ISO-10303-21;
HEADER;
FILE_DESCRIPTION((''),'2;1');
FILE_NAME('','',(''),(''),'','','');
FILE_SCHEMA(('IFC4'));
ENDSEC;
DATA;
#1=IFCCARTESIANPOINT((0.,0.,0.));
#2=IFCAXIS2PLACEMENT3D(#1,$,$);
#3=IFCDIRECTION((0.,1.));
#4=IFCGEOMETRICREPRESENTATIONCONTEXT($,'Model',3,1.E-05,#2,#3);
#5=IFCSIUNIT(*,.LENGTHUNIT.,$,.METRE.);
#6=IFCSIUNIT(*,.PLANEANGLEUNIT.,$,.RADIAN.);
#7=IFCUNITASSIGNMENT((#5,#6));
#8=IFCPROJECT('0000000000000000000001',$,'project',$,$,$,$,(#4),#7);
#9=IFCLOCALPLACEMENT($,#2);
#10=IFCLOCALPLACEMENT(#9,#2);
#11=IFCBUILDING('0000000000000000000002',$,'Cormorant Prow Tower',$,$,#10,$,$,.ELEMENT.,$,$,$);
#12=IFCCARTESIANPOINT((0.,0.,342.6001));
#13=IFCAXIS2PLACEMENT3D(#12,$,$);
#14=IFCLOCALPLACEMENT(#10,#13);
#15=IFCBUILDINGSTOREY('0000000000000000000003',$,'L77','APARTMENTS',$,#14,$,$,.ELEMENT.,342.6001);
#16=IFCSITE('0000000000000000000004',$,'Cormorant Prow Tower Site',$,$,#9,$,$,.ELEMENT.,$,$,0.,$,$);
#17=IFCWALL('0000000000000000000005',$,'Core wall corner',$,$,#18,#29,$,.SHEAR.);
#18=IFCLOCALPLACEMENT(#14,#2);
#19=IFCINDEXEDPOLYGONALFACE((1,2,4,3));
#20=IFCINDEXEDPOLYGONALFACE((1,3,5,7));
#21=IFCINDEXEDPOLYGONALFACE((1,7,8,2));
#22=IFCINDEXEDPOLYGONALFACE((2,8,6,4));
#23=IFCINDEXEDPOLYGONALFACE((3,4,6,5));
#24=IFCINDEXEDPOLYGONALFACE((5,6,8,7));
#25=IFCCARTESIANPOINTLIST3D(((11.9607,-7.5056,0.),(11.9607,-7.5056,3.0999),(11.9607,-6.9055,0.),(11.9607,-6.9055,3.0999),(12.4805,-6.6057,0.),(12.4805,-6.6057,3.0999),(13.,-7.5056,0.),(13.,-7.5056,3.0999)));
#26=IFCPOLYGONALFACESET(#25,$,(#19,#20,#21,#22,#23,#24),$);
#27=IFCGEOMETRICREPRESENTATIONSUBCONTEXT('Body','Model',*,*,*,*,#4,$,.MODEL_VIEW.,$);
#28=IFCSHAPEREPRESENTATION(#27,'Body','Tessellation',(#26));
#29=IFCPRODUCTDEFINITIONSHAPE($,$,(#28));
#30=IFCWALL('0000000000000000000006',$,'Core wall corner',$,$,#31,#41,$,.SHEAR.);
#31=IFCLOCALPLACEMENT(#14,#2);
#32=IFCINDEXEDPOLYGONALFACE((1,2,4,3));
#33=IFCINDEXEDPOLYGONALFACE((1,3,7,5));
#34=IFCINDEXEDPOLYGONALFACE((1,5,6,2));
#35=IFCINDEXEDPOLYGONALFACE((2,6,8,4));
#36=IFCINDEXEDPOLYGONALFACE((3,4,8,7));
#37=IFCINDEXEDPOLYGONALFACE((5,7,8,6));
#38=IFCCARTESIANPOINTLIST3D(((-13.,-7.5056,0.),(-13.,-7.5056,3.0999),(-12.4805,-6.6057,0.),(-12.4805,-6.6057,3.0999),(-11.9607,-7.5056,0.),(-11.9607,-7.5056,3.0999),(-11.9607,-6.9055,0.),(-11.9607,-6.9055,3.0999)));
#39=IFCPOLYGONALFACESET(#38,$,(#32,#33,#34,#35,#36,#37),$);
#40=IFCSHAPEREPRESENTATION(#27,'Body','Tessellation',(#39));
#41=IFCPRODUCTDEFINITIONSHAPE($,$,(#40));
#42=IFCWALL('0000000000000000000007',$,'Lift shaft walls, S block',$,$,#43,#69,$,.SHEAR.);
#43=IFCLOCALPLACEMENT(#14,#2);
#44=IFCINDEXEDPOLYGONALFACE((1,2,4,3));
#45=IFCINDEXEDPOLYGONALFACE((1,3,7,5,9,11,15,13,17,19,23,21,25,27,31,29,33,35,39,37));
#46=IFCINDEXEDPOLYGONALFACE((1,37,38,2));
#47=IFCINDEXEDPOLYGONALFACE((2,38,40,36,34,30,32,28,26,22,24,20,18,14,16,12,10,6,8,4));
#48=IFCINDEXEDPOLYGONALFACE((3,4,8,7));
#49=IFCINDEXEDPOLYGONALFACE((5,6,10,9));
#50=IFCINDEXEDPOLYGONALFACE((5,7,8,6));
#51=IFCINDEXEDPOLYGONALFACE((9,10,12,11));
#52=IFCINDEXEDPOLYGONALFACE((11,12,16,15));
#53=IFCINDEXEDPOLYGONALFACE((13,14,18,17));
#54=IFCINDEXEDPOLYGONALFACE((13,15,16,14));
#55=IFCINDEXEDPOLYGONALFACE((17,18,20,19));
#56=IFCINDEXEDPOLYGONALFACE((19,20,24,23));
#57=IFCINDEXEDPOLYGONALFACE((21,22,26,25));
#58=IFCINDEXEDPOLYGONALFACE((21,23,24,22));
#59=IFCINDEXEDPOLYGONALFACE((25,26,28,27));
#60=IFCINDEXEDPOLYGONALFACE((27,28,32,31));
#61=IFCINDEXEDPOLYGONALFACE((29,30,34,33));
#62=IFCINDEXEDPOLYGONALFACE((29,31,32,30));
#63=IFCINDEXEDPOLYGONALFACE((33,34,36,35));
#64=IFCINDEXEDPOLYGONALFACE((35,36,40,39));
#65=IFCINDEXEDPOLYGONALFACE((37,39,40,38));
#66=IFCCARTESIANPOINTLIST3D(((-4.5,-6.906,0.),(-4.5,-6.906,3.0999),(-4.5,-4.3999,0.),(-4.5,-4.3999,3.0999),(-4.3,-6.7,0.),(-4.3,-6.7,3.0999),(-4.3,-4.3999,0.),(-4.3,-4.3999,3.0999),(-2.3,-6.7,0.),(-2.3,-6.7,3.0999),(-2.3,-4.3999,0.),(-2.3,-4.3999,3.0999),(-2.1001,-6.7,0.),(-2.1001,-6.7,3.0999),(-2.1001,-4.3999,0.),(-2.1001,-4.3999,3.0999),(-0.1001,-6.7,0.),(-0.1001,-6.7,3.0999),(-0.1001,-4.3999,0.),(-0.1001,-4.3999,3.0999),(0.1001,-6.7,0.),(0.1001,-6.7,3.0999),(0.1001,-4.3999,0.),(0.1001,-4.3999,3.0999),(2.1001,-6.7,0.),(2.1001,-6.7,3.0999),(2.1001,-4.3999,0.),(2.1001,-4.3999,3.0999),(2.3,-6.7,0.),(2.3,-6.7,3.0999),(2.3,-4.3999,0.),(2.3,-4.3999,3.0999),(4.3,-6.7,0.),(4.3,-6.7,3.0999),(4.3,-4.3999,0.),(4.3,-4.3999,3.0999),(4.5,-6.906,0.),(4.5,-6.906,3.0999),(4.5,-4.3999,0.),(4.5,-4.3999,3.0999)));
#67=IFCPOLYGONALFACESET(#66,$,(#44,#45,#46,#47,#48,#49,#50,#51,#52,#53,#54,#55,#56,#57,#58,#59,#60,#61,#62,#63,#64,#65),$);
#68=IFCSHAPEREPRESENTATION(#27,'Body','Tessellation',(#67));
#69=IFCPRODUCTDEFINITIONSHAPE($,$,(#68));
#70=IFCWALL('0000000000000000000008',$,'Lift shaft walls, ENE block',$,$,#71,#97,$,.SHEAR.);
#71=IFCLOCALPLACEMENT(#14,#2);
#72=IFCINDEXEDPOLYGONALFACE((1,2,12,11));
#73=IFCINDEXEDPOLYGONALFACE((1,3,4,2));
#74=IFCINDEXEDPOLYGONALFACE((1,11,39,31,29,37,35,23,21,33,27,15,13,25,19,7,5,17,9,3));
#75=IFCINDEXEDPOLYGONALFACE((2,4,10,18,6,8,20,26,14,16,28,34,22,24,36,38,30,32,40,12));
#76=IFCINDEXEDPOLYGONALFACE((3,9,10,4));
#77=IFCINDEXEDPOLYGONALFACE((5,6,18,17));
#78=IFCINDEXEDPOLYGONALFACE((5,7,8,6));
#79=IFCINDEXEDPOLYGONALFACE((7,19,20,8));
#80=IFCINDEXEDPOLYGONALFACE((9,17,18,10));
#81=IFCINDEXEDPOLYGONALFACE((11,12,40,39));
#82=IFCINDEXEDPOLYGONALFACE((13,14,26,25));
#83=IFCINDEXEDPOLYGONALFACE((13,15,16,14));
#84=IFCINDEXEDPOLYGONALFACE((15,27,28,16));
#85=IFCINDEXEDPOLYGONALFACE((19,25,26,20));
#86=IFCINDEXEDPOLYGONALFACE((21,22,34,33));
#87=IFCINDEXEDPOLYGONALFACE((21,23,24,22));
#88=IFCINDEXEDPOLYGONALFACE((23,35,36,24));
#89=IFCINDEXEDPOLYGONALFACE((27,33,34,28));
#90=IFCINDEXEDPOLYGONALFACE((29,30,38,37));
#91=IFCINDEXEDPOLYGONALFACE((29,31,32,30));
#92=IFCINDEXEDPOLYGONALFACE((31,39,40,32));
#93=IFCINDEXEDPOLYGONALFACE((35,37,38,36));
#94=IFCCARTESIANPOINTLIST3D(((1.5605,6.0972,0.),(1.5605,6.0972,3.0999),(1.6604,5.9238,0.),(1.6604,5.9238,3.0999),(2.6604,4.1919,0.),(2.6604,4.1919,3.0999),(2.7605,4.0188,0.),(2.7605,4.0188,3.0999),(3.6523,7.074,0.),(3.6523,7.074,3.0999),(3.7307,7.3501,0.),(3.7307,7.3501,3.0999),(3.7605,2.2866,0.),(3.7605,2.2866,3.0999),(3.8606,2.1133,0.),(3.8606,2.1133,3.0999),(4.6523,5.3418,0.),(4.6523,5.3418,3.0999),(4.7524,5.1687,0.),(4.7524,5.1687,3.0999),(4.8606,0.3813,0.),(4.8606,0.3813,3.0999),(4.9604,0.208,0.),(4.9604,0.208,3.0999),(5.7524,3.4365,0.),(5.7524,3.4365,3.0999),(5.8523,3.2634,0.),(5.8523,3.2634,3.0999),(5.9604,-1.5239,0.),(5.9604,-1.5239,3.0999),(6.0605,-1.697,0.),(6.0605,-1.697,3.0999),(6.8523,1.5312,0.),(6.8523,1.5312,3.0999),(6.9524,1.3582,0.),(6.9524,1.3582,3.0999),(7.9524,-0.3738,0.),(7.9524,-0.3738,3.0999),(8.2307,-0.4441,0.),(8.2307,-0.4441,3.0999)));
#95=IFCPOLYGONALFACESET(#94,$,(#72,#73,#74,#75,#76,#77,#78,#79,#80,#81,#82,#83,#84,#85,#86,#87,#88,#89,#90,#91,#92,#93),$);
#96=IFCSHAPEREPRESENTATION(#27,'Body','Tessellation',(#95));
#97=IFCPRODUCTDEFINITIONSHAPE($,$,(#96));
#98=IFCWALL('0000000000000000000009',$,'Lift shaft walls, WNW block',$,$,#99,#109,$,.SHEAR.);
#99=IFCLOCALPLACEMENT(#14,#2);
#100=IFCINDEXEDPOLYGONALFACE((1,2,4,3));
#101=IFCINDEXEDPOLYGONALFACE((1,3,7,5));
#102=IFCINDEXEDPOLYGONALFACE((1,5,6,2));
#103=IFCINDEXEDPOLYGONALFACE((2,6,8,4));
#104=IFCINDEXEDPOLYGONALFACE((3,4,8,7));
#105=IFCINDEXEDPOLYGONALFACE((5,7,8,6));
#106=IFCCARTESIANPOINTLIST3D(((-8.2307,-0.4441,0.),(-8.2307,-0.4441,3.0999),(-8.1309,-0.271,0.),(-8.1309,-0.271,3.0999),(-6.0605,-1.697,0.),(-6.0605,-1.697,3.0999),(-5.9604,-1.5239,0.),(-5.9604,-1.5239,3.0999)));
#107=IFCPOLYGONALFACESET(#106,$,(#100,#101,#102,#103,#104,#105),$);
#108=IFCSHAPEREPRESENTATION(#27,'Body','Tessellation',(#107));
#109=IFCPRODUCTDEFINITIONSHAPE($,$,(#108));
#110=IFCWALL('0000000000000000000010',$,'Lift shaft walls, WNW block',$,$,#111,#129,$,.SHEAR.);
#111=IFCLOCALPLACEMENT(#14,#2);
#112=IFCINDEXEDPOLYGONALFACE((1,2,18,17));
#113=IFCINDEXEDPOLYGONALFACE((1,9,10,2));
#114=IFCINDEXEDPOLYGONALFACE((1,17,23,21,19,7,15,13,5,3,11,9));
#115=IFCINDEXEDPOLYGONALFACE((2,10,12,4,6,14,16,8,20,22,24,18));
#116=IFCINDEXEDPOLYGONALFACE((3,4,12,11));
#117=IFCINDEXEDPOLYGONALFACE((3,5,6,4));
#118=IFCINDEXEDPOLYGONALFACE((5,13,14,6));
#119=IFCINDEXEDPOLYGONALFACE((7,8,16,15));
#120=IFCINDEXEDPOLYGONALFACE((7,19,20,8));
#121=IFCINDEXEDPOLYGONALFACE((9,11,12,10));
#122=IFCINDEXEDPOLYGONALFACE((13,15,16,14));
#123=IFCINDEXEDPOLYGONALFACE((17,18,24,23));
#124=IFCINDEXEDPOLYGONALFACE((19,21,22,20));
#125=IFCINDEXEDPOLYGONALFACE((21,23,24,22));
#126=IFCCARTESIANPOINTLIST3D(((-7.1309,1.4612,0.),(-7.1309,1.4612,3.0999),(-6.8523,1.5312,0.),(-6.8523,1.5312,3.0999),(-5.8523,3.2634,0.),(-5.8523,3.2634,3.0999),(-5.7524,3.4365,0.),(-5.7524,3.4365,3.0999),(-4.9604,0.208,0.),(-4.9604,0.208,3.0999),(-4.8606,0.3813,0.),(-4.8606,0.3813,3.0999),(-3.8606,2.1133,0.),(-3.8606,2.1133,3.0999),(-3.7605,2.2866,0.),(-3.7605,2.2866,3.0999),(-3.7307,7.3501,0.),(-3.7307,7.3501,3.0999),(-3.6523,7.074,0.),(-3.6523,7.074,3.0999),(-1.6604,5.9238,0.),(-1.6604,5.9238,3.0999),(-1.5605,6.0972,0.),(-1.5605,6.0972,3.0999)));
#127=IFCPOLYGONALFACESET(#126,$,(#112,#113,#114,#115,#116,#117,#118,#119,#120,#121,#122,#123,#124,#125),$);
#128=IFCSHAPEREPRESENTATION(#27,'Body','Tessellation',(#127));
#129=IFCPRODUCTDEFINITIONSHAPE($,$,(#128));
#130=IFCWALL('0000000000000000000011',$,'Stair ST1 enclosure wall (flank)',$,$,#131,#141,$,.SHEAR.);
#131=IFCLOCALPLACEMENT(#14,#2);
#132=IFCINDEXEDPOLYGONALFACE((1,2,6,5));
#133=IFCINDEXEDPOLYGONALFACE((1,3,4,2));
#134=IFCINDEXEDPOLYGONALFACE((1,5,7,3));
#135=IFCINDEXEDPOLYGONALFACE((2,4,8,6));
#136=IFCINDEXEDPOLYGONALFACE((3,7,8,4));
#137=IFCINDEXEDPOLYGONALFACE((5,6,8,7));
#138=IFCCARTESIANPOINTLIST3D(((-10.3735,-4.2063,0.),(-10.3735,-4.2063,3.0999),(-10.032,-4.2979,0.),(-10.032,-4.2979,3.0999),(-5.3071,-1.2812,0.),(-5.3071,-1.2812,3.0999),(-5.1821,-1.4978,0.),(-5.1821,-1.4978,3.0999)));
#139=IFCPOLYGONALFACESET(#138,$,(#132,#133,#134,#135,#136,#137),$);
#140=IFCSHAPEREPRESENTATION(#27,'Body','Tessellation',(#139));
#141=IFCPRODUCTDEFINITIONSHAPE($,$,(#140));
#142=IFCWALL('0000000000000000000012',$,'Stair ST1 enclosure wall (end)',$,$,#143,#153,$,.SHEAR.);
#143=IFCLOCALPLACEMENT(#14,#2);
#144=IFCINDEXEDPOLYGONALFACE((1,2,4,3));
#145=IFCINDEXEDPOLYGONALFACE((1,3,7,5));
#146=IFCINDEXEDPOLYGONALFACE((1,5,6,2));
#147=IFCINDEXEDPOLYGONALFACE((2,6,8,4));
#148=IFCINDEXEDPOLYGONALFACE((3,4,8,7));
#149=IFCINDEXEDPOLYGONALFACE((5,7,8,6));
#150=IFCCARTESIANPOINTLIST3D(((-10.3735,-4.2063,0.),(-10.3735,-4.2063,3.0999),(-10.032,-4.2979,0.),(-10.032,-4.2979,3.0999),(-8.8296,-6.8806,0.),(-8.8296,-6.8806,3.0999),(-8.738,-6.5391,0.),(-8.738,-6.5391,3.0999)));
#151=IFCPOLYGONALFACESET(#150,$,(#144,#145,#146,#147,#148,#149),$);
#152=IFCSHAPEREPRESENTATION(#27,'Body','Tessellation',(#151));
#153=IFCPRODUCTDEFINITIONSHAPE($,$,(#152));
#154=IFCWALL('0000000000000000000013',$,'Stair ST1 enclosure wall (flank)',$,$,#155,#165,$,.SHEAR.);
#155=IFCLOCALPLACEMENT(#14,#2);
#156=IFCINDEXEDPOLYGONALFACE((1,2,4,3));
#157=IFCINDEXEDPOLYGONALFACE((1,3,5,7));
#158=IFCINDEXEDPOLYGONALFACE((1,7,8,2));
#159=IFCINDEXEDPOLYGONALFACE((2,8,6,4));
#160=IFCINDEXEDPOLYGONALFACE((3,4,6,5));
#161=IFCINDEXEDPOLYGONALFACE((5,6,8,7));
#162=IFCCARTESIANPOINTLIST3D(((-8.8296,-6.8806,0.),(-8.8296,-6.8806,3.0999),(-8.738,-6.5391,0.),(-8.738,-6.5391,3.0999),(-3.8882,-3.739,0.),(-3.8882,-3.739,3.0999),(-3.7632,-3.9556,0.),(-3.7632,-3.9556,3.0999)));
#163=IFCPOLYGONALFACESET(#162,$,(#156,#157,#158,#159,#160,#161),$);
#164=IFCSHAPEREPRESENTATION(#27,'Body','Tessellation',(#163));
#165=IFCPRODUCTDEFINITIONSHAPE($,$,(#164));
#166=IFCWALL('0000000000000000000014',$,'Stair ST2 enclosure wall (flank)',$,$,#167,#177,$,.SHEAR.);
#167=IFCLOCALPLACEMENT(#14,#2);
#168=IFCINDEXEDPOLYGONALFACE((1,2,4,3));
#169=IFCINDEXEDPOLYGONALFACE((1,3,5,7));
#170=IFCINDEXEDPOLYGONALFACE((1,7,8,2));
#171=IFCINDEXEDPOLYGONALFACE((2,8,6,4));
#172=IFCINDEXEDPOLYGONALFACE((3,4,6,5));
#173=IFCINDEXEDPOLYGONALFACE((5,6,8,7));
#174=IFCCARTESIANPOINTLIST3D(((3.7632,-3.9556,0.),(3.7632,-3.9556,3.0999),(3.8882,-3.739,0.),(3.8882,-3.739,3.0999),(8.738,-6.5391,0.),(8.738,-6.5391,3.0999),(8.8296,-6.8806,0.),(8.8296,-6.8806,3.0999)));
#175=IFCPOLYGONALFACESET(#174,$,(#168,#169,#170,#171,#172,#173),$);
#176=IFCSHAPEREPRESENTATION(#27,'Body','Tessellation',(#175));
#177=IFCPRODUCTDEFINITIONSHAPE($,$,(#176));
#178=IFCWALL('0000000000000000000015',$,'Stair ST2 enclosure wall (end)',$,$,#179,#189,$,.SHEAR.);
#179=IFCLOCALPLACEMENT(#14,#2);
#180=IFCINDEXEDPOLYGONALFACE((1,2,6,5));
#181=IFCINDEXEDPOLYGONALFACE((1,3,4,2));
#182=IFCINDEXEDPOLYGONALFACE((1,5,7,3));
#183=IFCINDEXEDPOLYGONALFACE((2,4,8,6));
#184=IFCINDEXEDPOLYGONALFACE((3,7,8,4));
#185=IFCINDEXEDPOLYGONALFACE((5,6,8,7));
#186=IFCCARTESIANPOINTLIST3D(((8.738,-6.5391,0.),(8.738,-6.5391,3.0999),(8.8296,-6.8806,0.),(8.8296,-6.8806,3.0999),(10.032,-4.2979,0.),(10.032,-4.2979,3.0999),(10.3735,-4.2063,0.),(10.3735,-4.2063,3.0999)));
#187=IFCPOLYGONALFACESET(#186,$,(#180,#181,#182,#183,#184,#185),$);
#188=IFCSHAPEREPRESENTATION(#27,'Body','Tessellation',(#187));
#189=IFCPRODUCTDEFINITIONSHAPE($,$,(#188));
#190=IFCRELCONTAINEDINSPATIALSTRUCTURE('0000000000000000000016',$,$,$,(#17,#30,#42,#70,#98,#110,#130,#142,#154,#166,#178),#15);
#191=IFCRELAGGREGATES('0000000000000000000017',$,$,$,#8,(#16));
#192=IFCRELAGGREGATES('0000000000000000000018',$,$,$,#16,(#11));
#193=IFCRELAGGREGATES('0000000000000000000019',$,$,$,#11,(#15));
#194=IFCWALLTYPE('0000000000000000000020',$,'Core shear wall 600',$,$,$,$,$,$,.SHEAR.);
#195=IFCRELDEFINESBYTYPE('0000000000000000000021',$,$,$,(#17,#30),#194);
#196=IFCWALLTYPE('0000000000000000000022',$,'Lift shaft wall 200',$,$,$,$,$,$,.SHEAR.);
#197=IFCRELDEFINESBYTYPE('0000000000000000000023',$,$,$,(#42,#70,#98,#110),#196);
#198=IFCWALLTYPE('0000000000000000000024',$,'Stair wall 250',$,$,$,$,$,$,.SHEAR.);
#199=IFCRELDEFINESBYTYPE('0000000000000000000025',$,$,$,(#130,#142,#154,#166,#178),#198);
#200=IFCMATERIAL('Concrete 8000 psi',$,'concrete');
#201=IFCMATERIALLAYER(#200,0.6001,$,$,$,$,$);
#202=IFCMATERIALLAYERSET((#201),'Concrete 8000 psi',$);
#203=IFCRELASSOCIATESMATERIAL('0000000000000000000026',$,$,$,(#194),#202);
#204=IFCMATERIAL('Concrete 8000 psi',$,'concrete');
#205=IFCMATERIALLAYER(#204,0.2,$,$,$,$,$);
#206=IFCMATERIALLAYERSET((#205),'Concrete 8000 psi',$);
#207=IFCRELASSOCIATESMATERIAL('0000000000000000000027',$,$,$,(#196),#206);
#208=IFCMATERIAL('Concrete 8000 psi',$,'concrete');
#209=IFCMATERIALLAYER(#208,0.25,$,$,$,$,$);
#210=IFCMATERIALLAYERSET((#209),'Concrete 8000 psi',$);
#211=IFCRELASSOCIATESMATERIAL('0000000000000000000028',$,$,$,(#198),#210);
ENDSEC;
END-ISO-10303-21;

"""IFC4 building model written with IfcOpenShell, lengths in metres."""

from ifc_helpers import new_model, si_unit, direction, frame, origin, place, context, subcontext, project, spatial, polyline, outline, extrude, material, layer, layer_set, type_object, element, save


model = new_model("IFC4")

# Units and contexts
model_context = context("Model", 3, precision=1e-05, world=origin(), true_north=direction((0.0, 1.0)))
body_context = subcontext(model_context, "Body", "Model", "MODEL_VIEW")
ifc_project = project(units=[si_unit("LENGTHUNIT", "METRE"), si_unit("PLANEANGLEUNIT", "RADIAN")], contexts=[model_context])

# Site, building, storey
site_placement = place(None, origin())
site = spatial("IfcSite", under=ifc_project, at=site_placement, Name="Cormorant Prow Tower Site", CompositionType="ELEMENT", RefElevation=0.0)
building_placement = place(site_placement, origin())
building = spatial("IfcBuilding", under=site, at=building_placement, Name="Cormorant Prow Tower", CompositionType="ELEMENT")
storey_placement = place(building_placement, frame((0.0, 0.0, 342.6001)))
storey = spatial("IfcBuildingStorey", under=building, at=storey_placement, Name="L77", Description="APARTMENTS", CompositionType="ELEMENT", Elevation=342.6001)

# Walls
ifc_material_1 = material(Name="Concrete 8000 psi", Category="concrete")
ifc_layer_1 = layer(ifc_material_1, 0.6001)
ifc_layer_set_1 = layer_set([ifc_layer_1], Name="Concrete 8000 psi")
wall_type_1 = type_object("IfcWallType", Name="Core shear wall 600", PredefinedType="SHEAR", material=ifc_layer_set_1)
wall_1_placement = place(storey_placement, origin())
element("IfcWall", 1, at=wall_1_placement, inside=storey, type_object=wall_type_1, Name="Core wall corner", PredefinedType="SHEAR", context=body_context, shape_type="SweptSolid", body=[
    extrude(outline(polyline([(11.9607, -7.5056), (11.9607, -6.9055), (12.4805, -6.6057), (13.0, -7.5056), (11.9607, -7.5056)])), origin(), (0.0, 0.0, 1.0), 3.0999),
])
wall_2_placement = place(storey_placement, origin())
element("IfcWall", 2, at=wall_2_placement, inside=storey, type_object=wall_type_1, Name="Core wall corner", PredefinedType="SHEAR", context=body_context, shape_type="SweptSolid", body=[
    extrude(outline(polyline([(-12.4805, -6.6057), (-11.9607, -6.9055), (-11.9607, -7.5056), (-13.0, -7.5056), (-12.4805, -6.6057)])), origin(), (0.0, 0.0, 1.0), 3.0999),
])
ifc_material_2 = material(Name="Concrete 8000 psi", Category="concrete")
ifc_layer_2 = layer(ifc_material_2, 0.2)
ifc_layer_set_2 = layer_set([ifc_layer_2], Name="Concrete 8000 psi")
wall_type_2 = type_object("IfcWallType", Name="Lift shaft wall 200", PredefinedType="SHEAR", material=ifc_layer_set_2)
wall_3_placement = place(storey_placement, origin())
element("IfcWall", 3, at=wall_3_placement, inside=storey, type_object=wall_type_2, Name="Lift shaft walls, S block", PredefinedType="SHEAR", context=body_context, shape_type="SweptSolid", body=[
    extrude(outline(polyline([(4.5, -4.3999), (4.5, -6.906), (-4.5, -6.906), (-4.5, -4.3999), (-4.3, -4.3999), (-4.3, -6.7), (-2.3, -6.7), (-2.3, -4.3999), (-2.1001, -4.3999), (-2.1001, -6.7), (-0.1001, -6.7), (-0.1001, -4.3999), (0.1001, -4.3999), (0.1001, -6.7), (2.1001, -6.7), (2.1001, -4.3999), (2.3, -4.3999), (2.3, -6.7), (4.3, -6.7), (4.3, -4.3999), (4.5, -4.3999)])), origin(), (0.0, 0.0, 1.0), 3.0999),
])
wall_4_placement = place(storey_placement, origin())
element("IfcWall", 4, at=wall_4_placement, inside=storey, type_object=wall_type_2, Name="Lift shaft walls, ENE block", PredefinedType="SHEAR", context=body_context, shape_type="SweptSolid", body=[
    extrude(outline(polyline([(1.5605, 6.0972), (3.7307, 7.3501), (8.2307, -0.4441), (6.0605, -1.697), (5.9604, -1.5239), (7.9524, -0.3738), (6.9524, 1.3582), (4.9604, 0.208), (4.8606, 0.3813), (6.8523, 1.5312), (5.8523, 3.2634), (3.8606, 2.1133), (3.7605, 2.2866), (5.7524, 3.4365), (4.7524, 5.1687), (2.7605, 4.0188), (2.6604, 4.1919), (4.6523, 5.3418), (3.6523, 7.074), (1.6604, 5.9238), (1.5605, 6.0972)])), origin(), (0.0, 0.0, 1.0), 3.0999),
])
wall_5_placement = place(storey_placement, origin())
element("IfcWall", 5, at=wall_5_placement, inside=storey, type_object=wall_type_2, Name="Lift shaft walls, WNW block", PredefinedType="SHEAR", context=body_context, shape_type="SweptSolid", body=[
    extrude(outline(polyline([(-6.0605, -1.697), (-8.2307, -0.4441), (-8.1309, -0.271), (-5.9604, -1.5239), (-6.0605, -1.697)])), origin(), (0.0, 0.0, 1.0), 3.0999),
])
wall_6_placement = place(storey_placement, origin())
element("IfcWall", 6, at=wall_6_placement, inside=storey, type_object=wall_type_2, Name="Lift shaft walls, WNW block", PredefinedType="SHEAR", context=body_context, shape_type="SweptSolid", body=[
    extrude(outline(polyline([(-4.9604, 0.208), (-7.1309, 1.4612), (-3.7307, 7.3501), (-1.5605, 6.0972), (-1.6604, 5.9238), (-3.6523, 7.074), (-5.7524, 3.4365), (-3.7605, 2.2866), (-3.8606, 2.1133), (-5.8523, 3.2634), (-6.8523, 1.5312), (-4.8606, 0.3813), (-4.9604, 0.208)])), origin(), (0.0, 0.0, 1.0), 3.0999),
])
ifc_material_3 = material(Name="Concrete 8000 psi", Category="concrete")
ifc_layer_3 = layer(ifc_material_3, 0.25)
ifc_layer_set_3 = layer_set([ifc_layer_3], Name="Concrete 8000 psi")
wall_type_3 = type_object("IfcWallType", Name="Stair wall 250", PredefinedType="SHEAR", material=ifc_layer_set_3)
wall_7_placement = place(storey_placement, origin())
element("IfcWall", 7, at=wall_7_placement, inside=storey, type_object=wall_type_3, Name="Stair ST1 enclosure wall (flank)", PredefinedType="SHEAR", context=body_context, shape_type="SweptSolid", body=[
    extrude(outline(polyline([(-5.3071, -1.2812), (-10.3735, -4.2063), (-10.032, -4.2979), (-5.1821, -1.4978), (-5.3071, -1.2812)])), origin(), (0.0, 0.0, 1.0), 3.0999),
])
wall_8_placement = place(storey_placement, origin())
element("IfcWall", 8, at=wall_8_placement, inside=storey, type_object=wall_type_3, Name="Stair ST1 enclosure wall (end)", PredefinedType="SHEAR", context=body_context, shape_type="SweptSolid", body=[
    extrude(outline(polyline([(-10.3735, -4.2063), (-8.8296, -6.8806), (-8.738, -6.5391), (-10.032, -4.2979), (-10.3735, -4.2063)])), origin(), (0.0, 0.0, 1.0), 3.0999),
])
wall_9_placement = place(storey_placement, origin())
element("IfcWall", 9, at=wall_9_placement, inside=storey, type_object=wall_type_3, Name="Stair ST1 enclosure wall (flank)", PredefinedType="SHEAR", context=body_context, shape_type="SweptSolid", body=[
    extrude(outline(polyline([(-8.738, -6.5391), (-8.8296, -6.8806), (-3.7632, -3.9556), (-3.8882, -3.739), (-8.738, -6.5391)])), origin(), (0.0, 0.0, 1.0), 3.0999),
])
wall_10_placement = place(storey_placement, origin())
element("IfcWall", 10, at=wall_10_placement, inside=storey, type_object=wall_type_3, Name="Stair ST2 enclosure wall (flank)", PredefinedType="SHEAR", context=body_context, shape_type="SweptSolid", body=[
    extrude(outline(polyline([(3.7632, -3.9556), (8.8296, -6.8806), (8.738, -6.5391), (3.8882, -3.739), (3.7632, -3.9556)])), origin(), (0.0, 0.0, 1.0), 3.0999),
])
wall_11_placement = place(storey_placement, origin())
element("IfcWall", 11, at=wall_11_placement, inside=storey, type_object=wall_type_3, Name="Stair ST2 enclosure wall (end)", PredefinedType="SHEAR", context=body_context, shape_type="SweptSolid", body=[
    extrude(outline(polyline([(8.8296, -6.8806), (10.3735, -4.2063), (10.032, -4.2979), (8.738, -6.5391), (8.8296, -6.8806)])), origin(), (0.0, 0.0, 1.0), 3.0999),
])

save(model, "model.ifc")
